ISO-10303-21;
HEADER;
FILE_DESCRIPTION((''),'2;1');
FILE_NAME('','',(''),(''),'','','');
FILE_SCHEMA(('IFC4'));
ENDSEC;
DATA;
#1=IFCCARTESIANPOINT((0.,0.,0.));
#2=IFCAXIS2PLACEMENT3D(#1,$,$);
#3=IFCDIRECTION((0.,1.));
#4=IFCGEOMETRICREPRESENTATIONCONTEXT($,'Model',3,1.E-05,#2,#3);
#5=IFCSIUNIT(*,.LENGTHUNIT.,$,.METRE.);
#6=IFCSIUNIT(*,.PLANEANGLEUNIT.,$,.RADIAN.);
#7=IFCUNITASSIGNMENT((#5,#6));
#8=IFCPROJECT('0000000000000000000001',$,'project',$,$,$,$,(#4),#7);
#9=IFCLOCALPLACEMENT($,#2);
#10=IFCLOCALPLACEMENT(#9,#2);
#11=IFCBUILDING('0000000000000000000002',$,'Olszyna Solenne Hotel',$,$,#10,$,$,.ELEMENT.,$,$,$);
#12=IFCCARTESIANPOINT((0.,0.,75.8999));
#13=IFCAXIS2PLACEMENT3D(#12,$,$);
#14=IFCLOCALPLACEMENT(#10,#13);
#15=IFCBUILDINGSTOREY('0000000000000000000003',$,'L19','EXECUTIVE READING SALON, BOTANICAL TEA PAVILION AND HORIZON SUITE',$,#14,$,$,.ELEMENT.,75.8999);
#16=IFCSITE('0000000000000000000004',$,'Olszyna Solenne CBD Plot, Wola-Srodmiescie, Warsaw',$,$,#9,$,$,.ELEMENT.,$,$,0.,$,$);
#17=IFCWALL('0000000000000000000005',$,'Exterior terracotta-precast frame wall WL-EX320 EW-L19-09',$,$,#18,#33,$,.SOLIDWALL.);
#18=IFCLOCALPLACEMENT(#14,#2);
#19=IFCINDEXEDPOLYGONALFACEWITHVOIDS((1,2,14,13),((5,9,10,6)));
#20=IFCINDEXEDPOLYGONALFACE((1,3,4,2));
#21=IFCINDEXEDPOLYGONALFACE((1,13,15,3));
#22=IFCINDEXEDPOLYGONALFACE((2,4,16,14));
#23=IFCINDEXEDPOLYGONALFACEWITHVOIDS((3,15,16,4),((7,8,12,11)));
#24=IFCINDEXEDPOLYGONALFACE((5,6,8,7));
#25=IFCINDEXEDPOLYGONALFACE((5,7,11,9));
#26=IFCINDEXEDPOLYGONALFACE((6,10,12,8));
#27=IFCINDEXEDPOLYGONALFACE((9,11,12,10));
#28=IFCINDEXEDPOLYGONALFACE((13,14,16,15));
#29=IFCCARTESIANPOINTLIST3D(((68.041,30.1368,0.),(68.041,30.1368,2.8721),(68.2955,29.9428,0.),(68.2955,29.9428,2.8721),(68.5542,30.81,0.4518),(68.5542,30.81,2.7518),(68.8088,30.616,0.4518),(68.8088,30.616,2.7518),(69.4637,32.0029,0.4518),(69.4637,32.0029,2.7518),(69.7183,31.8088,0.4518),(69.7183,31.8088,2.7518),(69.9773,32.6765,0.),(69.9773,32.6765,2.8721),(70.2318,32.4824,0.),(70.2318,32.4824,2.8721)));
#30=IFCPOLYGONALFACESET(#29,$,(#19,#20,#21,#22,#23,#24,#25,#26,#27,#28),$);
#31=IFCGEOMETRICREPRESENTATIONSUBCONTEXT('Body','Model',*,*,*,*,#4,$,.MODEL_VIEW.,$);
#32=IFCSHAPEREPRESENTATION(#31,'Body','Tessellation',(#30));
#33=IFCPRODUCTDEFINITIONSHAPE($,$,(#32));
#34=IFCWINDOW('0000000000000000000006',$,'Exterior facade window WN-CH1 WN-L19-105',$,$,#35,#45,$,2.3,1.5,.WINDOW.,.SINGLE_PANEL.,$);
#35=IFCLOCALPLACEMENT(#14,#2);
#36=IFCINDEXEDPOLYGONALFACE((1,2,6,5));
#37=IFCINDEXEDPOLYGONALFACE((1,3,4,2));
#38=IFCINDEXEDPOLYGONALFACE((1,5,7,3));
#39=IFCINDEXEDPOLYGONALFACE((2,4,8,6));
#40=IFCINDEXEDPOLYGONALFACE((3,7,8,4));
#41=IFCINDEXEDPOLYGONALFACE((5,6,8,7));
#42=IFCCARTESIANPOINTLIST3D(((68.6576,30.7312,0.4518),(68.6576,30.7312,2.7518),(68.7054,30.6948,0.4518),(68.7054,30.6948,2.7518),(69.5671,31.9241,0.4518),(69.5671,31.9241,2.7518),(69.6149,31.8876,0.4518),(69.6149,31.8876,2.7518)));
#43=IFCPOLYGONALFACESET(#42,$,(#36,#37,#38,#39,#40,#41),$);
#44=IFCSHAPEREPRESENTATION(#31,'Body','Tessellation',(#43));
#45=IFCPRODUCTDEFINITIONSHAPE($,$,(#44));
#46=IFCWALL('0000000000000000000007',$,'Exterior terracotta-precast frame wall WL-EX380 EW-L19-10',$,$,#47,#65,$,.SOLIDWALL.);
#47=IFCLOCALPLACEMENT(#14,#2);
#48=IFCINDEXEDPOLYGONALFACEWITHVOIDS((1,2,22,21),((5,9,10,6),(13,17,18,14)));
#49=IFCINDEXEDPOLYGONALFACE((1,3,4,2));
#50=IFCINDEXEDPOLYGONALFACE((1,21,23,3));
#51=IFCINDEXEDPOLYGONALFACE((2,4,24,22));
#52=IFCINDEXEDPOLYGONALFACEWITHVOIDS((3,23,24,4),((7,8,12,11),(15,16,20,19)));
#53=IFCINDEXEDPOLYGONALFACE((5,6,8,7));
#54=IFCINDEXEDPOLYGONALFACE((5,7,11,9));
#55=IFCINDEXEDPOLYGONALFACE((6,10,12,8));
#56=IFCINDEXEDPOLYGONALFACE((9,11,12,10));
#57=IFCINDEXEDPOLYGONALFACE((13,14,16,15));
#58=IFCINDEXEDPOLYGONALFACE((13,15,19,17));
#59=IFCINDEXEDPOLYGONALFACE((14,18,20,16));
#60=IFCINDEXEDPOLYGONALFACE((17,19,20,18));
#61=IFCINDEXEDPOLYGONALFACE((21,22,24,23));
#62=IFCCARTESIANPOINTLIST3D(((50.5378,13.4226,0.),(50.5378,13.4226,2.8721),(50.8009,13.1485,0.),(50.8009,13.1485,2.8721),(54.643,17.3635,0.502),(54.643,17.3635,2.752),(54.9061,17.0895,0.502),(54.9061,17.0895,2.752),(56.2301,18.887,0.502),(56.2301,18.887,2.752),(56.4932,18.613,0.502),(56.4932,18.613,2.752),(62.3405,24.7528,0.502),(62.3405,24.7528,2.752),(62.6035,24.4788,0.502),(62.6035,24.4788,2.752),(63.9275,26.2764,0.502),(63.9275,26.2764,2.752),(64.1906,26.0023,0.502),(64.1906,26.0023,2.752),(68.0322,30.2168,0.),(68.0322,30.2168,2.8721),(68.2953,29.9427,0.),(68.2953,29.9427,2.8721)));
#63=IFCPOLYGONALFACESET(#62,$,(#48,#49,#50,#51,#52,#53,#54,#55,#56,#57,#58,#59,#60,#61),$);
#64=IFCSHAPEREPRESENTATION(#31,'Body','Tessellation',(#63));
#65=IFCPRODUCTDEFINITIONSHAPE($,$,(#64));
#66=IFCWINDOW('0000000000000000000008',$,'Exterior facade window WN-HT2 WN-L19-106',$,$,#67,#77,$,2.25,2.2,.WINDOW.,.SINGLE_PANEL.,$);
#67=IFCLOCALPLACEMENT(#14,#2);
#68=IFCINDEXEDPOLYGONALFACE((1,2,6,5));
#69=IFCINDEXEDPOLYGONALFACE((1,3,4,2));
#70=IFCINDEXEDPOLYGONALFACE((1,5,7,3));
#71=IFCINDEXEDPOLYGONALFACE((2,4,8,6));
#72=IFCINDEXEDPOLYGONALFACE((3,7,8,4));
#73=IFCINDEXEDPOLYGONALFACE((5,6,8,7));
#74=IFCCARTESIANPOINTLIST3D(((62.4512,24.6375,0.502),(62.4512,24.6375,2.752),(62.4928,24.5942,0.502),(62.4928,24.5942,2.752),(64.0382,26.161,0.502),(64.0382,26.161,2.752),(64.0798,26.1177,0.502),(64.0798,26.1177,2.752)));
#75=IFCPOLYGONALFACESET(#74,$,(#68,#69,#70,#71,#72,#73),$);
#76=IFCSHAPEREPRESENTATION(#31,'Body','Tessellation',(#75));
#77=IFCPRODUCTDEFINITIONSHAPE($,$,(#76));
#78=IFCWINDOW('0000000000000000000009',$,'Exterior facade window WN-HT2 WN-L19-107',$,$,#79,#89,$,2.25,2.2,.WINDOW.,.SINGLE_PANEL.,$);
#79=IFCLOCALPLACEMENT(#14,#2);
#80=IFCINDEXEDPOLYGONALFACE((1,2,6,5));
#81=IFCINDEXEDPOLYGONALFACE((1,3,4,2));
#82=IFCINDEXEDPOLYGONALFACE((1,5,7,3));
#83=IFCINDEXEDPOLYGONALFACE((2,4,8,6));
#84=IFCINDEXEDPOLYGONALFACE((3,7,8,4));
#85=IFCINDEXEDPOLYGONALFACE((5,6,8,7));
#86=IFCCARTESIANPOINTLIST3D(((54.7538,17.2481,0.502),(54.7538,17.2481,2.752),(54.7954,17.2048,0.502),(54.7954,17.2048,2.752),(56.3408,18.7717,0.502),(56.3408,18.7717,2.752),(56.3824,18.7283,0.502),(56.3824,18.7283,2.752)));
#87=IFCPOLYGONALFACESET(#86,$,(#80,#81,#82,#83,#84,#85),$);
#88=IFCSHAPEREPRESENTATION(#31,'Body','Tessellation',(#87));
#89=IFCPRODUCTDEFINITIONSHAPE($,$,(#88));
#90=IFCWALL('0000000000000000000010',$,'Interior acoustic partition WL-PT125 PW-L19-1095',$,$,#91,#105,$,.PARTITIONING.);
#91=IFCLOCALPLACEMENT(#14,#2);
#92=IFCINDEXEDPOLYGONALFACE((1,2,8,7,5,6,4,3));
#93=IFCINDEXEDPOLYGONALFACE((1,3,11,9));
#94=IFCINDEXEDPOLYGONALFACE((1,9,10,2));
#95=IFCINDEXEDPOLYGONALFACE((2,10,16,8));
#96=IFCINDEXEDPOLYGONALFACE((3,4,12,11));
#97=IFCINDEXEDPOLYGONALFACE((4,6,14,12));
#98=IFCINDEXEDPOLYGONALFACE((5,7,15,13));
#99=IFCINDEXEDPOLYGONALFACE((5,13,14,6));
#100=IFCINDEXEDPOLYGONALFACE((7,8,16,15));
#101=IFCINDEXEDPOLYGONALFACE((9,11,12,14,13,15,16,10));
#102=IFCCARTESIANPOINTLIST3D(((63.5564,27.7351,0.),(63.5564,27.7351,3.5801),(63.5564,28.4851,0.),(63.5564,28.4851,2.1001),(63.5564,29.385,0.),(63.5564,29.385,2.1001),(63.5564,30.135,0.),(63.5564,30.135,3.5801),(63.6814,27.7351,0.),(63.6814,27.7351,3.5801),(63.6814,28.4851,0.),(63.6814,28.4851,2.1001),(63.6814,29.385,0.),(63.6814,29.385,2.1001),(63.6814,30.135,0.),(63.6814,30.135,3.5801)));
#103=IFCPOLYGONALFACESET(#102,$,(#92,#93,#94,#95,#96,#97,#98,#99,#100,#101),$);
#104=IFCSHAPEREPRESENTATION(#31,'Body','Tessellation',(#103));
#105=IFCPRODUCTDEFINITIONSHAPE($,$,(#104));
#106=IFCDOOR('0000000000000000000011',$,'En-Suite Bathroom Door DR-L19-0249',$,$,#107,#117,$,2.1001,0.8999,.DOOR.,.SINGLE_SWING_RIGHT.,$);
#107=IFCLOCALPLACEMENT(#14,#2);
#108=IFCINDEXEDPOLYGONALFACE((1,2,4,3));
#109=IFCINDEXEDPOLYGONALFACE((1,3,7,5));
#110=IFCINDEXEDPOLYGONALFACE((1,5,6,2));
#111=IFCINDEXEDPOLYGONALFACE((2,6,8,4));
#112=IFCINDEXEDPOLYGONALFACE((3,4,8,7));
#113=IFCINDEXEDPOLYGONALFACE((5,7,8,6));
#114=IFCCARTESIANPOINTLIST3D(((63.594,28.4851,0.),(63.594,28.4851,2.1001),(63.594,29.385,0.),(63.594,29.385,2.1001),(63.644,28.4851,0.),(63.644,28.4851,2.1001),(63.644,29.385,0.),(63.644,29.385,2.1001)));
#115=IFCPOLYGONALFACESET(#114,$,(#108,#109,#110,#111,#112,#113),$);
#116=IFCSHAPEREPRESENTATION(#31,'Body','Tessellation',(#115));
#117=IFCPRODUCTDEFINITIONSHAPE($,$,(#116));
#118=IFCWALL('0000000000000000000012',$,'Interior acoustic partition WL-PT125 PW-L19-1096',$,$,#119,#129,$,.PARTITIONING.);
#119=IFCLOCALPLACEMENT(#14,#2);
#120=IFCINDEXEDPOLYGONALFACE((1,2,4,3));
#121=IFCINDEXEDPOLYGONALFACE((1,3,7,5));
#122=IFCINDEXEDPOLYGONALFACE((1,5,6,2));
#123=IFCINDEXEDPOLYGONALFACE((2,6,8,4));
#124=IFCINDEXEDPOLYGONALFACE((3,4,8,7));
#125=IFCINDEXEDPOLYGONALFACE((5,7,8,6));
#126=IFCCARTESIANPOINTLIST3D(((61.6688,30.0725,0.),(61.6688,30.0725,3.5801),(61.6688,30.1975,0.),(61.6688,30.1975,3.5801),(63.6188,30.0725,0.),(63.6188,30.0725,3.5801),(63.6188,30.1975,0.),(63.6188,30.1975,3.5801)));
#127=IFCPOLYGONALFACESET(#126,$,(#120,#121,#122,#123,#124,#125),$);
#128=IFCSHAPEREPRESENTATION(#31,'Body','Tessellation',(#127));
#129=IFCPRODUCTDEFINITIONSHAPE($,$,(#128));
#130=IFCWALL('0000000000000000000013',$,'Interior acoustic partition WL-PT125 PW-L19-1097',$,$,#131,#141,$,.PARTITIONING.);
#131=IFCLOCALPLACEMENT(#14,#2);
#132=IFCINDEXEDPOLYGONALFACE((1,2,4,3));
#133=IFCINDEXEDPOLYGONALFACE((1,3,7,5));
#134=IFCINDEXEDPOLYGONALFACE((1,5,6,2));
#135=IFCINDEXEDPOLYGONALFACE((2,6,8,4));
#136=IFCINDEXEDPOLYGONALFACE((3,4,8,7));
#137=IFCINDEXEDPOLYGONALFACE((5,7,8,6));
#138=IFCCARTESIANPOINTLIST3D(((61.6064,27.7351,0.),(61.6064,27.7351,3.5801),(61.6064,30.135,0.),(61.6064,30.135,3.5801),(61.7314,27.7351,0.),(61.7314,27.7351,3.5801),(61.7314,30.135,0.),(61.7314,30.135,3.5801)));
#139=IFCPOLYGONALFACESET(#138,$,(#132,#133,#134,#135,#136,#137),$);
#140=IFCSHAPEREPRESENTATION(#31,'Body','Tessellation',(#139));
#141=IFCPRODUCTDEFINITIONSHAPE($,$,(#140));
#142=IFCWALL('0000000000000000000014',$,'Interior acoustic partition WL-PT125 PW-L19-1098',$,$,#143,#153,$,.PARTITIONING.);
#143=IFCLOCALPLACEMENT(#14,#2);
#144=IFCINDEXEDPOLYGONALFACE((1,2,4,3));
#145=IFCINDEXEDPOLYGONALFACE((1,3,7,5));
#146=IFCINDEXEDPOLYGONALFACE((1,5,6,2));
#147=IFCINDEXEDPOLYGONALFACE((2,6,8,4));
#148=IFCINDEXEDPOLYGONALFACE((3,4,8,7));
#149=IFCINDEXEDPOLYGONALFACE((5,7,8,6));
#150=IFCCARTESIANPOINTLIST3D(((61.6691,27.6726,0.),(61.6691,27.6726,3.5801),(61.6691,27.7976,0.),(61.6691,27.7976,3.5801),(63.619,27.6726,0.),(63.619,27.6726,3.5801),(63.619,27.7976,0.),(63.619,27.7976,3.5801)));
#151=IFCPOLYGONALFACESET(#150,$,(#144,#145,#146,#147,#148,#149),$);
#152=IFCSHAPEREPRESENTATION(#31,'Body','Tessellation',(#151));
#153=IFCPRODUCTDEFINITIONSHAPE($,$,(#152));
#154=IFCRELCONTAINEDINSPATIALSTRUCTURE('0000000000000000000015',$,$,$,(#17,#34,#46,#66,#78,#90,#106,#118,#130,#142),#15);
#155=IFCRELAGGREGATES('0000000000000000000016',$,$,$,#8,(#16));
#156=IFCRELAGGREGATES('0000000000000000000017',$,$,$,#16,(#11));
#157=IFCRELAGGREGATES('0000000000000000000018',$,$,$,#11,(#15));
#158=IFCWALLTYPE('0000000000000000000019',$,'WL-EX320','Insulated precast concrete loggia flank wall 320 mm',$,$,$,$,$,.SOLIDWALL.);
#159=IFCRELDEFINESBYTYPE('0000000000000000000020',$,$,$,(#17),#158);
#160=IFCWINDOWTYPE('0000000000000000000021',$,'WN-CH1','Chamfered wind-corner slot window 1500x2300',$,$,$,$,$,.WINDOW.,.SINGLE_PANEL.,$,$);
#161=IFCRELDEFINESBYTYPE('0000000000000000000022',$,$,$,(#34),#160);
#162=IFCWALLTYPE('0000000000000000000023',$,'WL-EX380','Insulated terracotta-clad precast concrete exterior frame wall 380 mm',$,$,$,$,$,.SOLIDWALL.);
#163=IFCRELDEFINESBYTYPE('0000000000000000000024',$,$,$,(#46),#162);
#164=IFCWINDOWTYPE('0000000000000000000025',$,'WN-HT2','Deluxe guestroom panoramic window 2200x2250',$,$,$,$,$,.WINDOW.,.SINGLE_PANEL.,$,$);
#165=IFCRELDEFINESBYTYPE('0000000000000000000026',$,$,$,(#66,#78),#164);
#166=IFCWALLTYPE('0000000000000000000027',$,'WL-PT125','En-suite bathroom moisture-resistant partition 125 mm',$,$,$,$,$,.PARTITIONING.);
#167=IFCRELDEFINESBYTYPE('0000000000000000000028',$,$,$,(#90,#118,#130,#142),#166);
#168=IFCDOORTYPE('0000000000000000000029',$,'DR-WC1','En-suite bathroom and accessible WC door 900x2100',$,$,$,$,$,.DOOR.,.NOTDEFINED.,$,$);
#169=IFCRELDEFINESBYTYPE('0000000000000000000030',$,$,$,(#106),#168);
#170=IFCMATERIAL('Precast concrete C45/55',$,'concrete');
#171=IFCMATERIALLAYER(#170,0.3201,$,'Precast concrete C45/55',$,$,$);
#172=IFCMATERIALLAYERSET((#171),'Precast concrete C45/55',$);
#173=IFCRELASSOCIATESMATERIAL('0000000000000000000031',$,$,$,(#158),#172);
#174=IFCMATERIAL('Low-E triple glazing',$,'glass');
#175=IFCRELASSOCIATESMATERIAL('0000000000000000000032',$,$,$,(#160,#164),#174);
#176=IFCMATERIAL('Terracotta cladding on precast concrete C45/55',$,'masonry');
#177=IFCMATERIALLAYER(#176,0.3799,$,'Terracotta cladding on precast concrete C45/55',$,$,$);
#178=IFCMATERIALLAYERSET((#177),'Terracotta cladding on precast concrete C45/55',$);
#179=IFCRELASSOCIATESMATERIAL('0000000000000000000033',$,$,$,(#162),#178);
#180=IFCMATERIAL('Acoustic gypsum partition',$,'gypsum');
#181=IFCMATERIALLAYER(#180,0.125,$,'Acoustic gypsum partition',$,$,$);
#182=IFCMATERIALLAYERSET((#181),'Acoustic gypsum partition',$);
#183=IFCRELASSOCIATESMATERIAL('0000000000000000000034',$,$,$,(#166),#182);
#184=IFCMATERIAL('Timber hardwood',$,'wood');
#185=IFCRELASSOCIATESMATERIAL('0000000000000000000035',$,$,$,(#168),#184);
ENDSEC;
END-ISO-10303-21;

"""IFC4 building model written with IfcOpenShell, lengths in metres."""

from ifc_helpers import new_model, si_unit, direction, frame, frame_2d, origin, place, context, subcontext, project, spatial, rectangle, extrude, source, transform, mapped, material, layer, layer_set, type_object, type_shapes, element, fill, save


model = new_model("IFC4")

# Units and contexts
model_context = context("Model", 3, precision=1e-05, world=origin(), true_north=direction((0.0, 1.0)))
body_context = subcontext(model_context, "Body", "Model", "MODEL_VIEW")
ifc_project = project(units=[si_unit("LENGTHUNIT", "METRE"), si_unit("PLANEANGLEUNIT", "RADIAN")], contexts=[model_context])

# Site, building, storey
site_placement = place(None, origin())
site = spatial("IfcSite", under=ifc_project, at=site_placement, Name="Olszyna Solenne CBD Plot, Wola-Srodmiescie, Warsaw", CompositionType="ELEMENT", RefElevation=0.0)
building_placement = place(site_placement, origin())
building = spatial("IfcBuilding", under=site, at=building_placement, Name="Olszyna Solenne Hotel", CompositionType="ELEMENT")
storey_placement = place(building_placement, frame((0.0, 0.0, 75.8999)))
storey = spatial("IfcBuildingStorey", under=building, at=storey_placement, Name="L19", Description="EXECUTIVE READING SALON, BOTANICAL TEA PAVILION AND HORIZON SUITE", CompositionType="ELEMENT", Elevation=75.8999)

# Shared definitions
ifc_material_1 = material(Name="Timber hardwood", Category="wood")

# Wall, opening, window
ifc_material_2 = material(Name="Precast concrete C45/55", Category="concrete")
ifc_layer_1 = layer(ifc_material_2, 0.3201, Name="Precast concrete C45/55")
ifc_layer_set_1 = layer_set([ifc_layer_1], Name="Precast concrete C45/55")
wall_type_1 = type_object("IfcWallType", Name="WL-EX320", Description="Insulated precast concrete loggia flank wall 320 mm", PredefinedType="SOLIDWALL", material=ifc_layer_set_1)
ifc_material_3 = material(Name="Low-E triple glazing", Category="glass")
window_type_1 = type_object("IfcWindowType", Name="WN-CH1", Description="Chamfered wind-corner slot window 1500x2300", PartitioningType="SINGLE_PANEL", PredefinedType="WINDOW", material=ifc_material_3)
shared_shape_1 = source(origin(), body_context, "Body", "SweptSolid", [
    extrude(rectangle(XDim=1.5, YDim=2.3, at=frame_2d((0.75, 1.1499))), frame((0.0, 0.03, 0.0), z_axis=(0.0, -1.0, 0.0), x_axis=(1.0, 0.0, 0.0)), (0.0, 0.0, 1.0), 0.0601),
])
type_shapes(window_type_1, [shared_shape_1])
wall_1_placement = place(storey_placement, frame((70.1045, 32.5793, 0.0), z_axis=(0.0, 0.0, 1.0), x_axis=(-0.606317, -0.795223, 0.0)))
wall_1 = element("IfcWall", 1, at=wall_1_placement, inside=storey, type_object=wall_type_1, Name="Exterior terracotta-precast frame wall WL-EX320 EW-L19-09", PredefinedType="SOLIDWALL", context=body_context, shape_type="SweptSolid", body=[
    extrude(rectangle(XDim=3.1936, YDim=0.3201, at=frame_2d((1.5967, 0.0))), origin(), (0.0, 0.0, 1.0), 2.8721),
])
opening_1_placement = place(wall_1_placement, frame((0.8469, 0.0, 0.4519)))
opening_1 = element("IfcOpeningElement", 2, at=opening_1_placement, cuts=wall_1, PredefinedType="OPENING", context=body_context, shape_type="SweptSolid", body=[
    extrude(rectangle(XDim=1.5, YDim=2.3, at=frame_2d((0.75, 1.1499))), frame((0.0, 0.1699, 0.0), z_axis=(0.0, -1.0, 0.0), x_axis=(1.0, 0.0, 0.0)), (0.0, 0.0, 1.0), 0.3401),
])
window_1_placement = place(opening_1_placement, origin())
window_1 = element("IfcWindow", 3, at=window_1_placement, inside=storey, type_object=window_type_1, Name="Exterior facade window WN-CH1 WN-L19-105", OverallHeight=2.3, OverallWidth=1.5, PartitioningType="SINGLE_PANEL", PredefinedType="WINDOW", context=body_context, shape_type="MappedRepresentation", body=[
    mapped(shared_shape_1, transform((0.0, 0.0, 0.0), x_axis=(1.0, 0.0, 0.0), y_axis=(0.0, 1.0, 0.0), z_axis=(0.0, 0.0, 1.0), scale=1.0)),
])
fill(opening_1, window_1)

# Wall, openings, windows
ifc_material_4 = material(Name="Terracotta cladding on precast concrete C45/55", Category="masonry")
ifc_layer_2 = layer(ifc_material_4, 0.3799, Name="Terracotta cladding on precast concrete C45/55")
ifc_layer_set_2 = layer_set([ifc_layer_2], Name="Terracotta cladding on precast concrete C45/55")
wall_type_2 = type_object("IfcWallType", Name="WL-EX380", Description="Insulated terracotta-clad precast concrete exterior frame wall 380 mm", PredefinedType="SOLIDWALL", material=ifc_layer_set_2)
wall_2_placement = place(storey_placement, frame((68.1638, 30.0798, 0.0), z_axis=(0.0, 0.0, 1.0), x_axis=(-0.721396, -0.692523, 0.0)))
wall_2 = element("IfcWall", 4, at=wall_2_placement, inside=storey, type_object=wall_type_2, Name="Exterior terracotta-precast frame wall WL-EX380 EW-L19-10", PredefinedType="SOLIDWALL", context=body_context, shape_type="SweptSolid", body=[
    extrude(rectangle(XDim=24.2507, YDim=0.3799, at=frame_2d((12.1255, 0.0))), origin(), (0.0, 0.0, 1.0), 2.8721),
])
opening_2_placement = place(wall_2_placement, frame((5.6899, 0.0, 0.502)))
opening_2 = element("IfcOpeningElement", 5, at=opening_2_placement, cuts=wall_2, PredefinedType="OPENING", context=body_context, shape_type="SweptSolid", body=[
    extrude(rectangle(XDim=2.2, YDim=2.25, at=frame_2d((1.1001, 1.125))), frame((0.0, 0.2, 0.0), z_axis=(0.0, -1.0, 0.0), x_axis=(1.0, 0.0, 0.0)), (0.0, 0.0, 1.0), 0.3999),
])
opening_3_placement = place(wall_2_placement, frame((16.3601, 0.0, 0.502)))
opening_3 = element("IfcOpeningElement", 6, at=opening_3_placement, cuts=wall_2, PredefinedType="OPENING", context=body_context, shape_type="SweptSolid", body=[
    extrude(rectangle(XDim=2.2, YDim=2.25, at=frame_2d((1.1001, 1.125))), frame((0.0, 0.2, 0.0), z_axis=(0.0, -1.0, 0.0), x_axis=(1.0, 0.0, 0.0)), (0.0, 0.0, 1.0), 0.3999),
])
window_type_2 = type_object("IfcWindowType", Name="WN-HT2", Description="Deluxe guestroom panoramic window 2200x2250", PartitioningType="SINGLE_PANEL", PredefinedType="WINDOW", material=ifc_material_3)
shared_shape_2 = source(origin(), body_context, "Body", "SweptSolid", [
    extrude(rectangle(XDim=2.2, YDim=2.25, at=frame_2d((1.1001, 1.125))), frame((0.0, 0.03, 0.0), z_axis=(0.0, -1.0, 0.0), x_axis=(1.0, 0.0, 0.0)), (0.0, 0.0, 1.0), 0.0601),
])
type_shapes(window_type_2, [shared_shape_2])
window_2_placement = place(opening_2_placement, origin())
window_2 = element("IfcWindow", 7, at=window_2_placement, inside=storey, type_object=window_type_2, Name="Exterior facade window WN-HT2 WN-L19-106", OverallHeight=2.25, OverallWidth=2.2, PartitioningType="SINGLE_PANEL", PredefinedType="WINDOW", context=body_context, shape_type="MappedRepresentation", body=[
    mapped(shared_shape_2, transform((0.0, 0.0, 0.0), x_axis=(1.0, 0.0, 0.0), y_axis=(0.0, 1.0, 0.0), z_axis=(0.0, 0.0, 1.0), scale=1.0)),
])
fill(opening_2, window_2)
window_3_placement = place(opening_3_placement, origin())
window_3 = element("IfcWindow", 8, at=window_3_placement, inside=storey, type_object=window_type_2, Name="Exterior facade window WN-HT2 WN-L19-107", OverallHeight=2.25, OverallWidth=2.2, PartitioningType="SINGLE_PANEL", PredefinedType="WINDOW", context=body_context, shape_type="MappedRepresentation", body=[
    mapped(shared_shape_2, transform((0.0, 0.0, 0.0), x_axis=(1.0, 0.0, 0.0), y_axis=(0.0, 1.0, 0.0), z_axis=(0.0, 0.0, 1.0), scale=1.0)),
])
fill(opening_3, window_3)

# Wall, opening, door
ifc_material_5 = material(Name="Acoustic gypsum partition", Category="gypsum")
ifc_layer_3 = layer(ifc_material_5, 0.125, Name="Acoustic gypsum partition")
ifc_layer_set_3 = layer_set([ifc_layer_3], Name="Acoustic gypsum partition")
wall_type_3 = type_object("IfcWallType", Name="WL-PT125", Description="En-suite bathroom moisture-resistant partition 125 mm", PredefinedType="PARTITIONING", material=ifc_layer_set_3)
wall_3_placement = place(storey_placement, frame((63.6189, 27.7351, 0.0), z_axis=(0.0, 0.0, 1.0), x_axis=(0.0, 1.0, 0.0)))
wall_3 = element("IfcWall", 9, at=wall_3_placement, inside=storey, type_object=wall_type_3, Name="Interior acoustic partition WL-PT125 PW-L19-1095", PredefinedType="PARTITIONING", context=body_context, shape_type="SweptSolid", body=[
    extrude(rectangle(XDim=2.3999, YDim=0.125, at=frame_2d((1.2, 0.0))), origin(), (0.0, 0.0, 1.0), 3.5801),
])
opening_4_placement = place(wall_3_placement, frame((0.75, 0.0, 0.0)))
opening_4 = element("IfcOpeningElement", 10, at=opening_4_placement, cuts=wall_3, PredefinedType="OPENING", context=body_context, shape_type="SweptSolid", body=[
    extrude(rectangle(XDim=0.8999, YDim=2.1001, at=frame_2d((0.45, 1.05))), frame((0.0, 0.0725, 0.0), z_axis=(0.0, -1.0, 0.0), x_axis=(1.0, 0.0, 0.0)), (0.0, 0.0, 1.0), 0.145),
])
door_type_1 = type_object("IfcDoorType", Name="DR-WC1", Description="En-suite bathroom and accessible WC door 900x2100", OperationType="NOTDEFINED", PredefinedType="DOOR", material=ifc_material_1)
shared_shape_3 = source(origin(), body_context, "Body", "SweptSolid", [
    extrude(rectangle(XDim=0.8999, YDim=2.1001, at=frame_2d((0.45, 1.05))), frame((0.0, 0.0249, 0.0), z_axis=(0.0, -1.0, 0.0), x_axis=(1.0, 0.0, 0.0)), (0.0, 0.0, 1.0), 0.05),
])
type_shapes(door_type_1, [shared_shape_3])
door_1_placement = place(opening_4_placement, origin())
door_1 = element("IfcDoor", 11, at=door_1_placement, inside=storey, type_object=door_type_1, Name="En-Suite Bathroom Door DR-L19-0249", OperationType="SINGLE_SWING_RIGHT", OverallHeight=2.1001, OverallWidth=0.8999, PredefinedType="DOOR", context=body_context, shape_type="MappedRepresentation", body=[
    mapped(shared_shape_3, transform((0.0, 0.0, 0.0), x_axis=(1.0, 0.0, 0.0), y_axis=(0.0, 1.0, 0.0), z_axis=(0.0, 0.0, 1.0), scale=1.0)),
])
fill(opening_4, door_1)

# Walls
wall_4_placement = place(storey_placement, frame((63.6189, 30.135, 0.0), z_axis=(0.0, 0.0, 1.0), x_axis=(-1.0, 0.0, 0.0)))
element("IfcWall", 12, at=wall_4_placement, inside=storey, type_object=wall_type_3, Name="Interior acoustic partition WL-PT125 PW-L19-1096", PredefinedType="PARTITIONING", context=body_context, shape_type="SweptSolid", body=[
    extrude(rectangle(XDim=1.95, YDim=0.125, at=frame_2d((0.9751, 0.0))), origin(), (0.0, 0.0, 1.0), 3.5801),
])
wall_5_placement = place(storey_placement, frame((61.6689, 30.135, 0.0), z_axis=(0.0, 0.0, 1.0), x_axis=(0.0, -1.0, 0.0)))
element("IfcWall", 13, at=wall_5_placement, inside=storey, type_object=wall_type_3, Name="Interior acoustic partition WL-PT125 PW-L19-1097", PredefinedType="PARTITIONING", context=body_context, shape_type="SweptSolid", body=[
    extrude(rectangle(XDim=2.3999, YDim=0.125, at=frame_2d((1.2, 0.0))), origin(), (0.0, 0.0, 1.0), 3.5801),
])
wall_6_placement = place(storey_placement, frame((61.6689, 27.7351, 0.0), z_axis=(0.0, 0.0, 1.0), x_axis=(1.0, 0.0, 0.0)))
element("IfcWall", 14, at=wall_6_placement, inside=storey, type_object=wall_type_3, Name="Interior acoustic partition WL-PT125 PW-L19-1098", PredefinedType="PARTITIONING", context=body_context, shape_type="SweptSolid", body=[
    extrude(rectangle(XDim=1.95, YDim=0.125, at=frame_2d((0.9751, 0.0))), origin(), (0.0, 0.0, 1.0), 3.5801),
])

save(model, "model.ifc")
